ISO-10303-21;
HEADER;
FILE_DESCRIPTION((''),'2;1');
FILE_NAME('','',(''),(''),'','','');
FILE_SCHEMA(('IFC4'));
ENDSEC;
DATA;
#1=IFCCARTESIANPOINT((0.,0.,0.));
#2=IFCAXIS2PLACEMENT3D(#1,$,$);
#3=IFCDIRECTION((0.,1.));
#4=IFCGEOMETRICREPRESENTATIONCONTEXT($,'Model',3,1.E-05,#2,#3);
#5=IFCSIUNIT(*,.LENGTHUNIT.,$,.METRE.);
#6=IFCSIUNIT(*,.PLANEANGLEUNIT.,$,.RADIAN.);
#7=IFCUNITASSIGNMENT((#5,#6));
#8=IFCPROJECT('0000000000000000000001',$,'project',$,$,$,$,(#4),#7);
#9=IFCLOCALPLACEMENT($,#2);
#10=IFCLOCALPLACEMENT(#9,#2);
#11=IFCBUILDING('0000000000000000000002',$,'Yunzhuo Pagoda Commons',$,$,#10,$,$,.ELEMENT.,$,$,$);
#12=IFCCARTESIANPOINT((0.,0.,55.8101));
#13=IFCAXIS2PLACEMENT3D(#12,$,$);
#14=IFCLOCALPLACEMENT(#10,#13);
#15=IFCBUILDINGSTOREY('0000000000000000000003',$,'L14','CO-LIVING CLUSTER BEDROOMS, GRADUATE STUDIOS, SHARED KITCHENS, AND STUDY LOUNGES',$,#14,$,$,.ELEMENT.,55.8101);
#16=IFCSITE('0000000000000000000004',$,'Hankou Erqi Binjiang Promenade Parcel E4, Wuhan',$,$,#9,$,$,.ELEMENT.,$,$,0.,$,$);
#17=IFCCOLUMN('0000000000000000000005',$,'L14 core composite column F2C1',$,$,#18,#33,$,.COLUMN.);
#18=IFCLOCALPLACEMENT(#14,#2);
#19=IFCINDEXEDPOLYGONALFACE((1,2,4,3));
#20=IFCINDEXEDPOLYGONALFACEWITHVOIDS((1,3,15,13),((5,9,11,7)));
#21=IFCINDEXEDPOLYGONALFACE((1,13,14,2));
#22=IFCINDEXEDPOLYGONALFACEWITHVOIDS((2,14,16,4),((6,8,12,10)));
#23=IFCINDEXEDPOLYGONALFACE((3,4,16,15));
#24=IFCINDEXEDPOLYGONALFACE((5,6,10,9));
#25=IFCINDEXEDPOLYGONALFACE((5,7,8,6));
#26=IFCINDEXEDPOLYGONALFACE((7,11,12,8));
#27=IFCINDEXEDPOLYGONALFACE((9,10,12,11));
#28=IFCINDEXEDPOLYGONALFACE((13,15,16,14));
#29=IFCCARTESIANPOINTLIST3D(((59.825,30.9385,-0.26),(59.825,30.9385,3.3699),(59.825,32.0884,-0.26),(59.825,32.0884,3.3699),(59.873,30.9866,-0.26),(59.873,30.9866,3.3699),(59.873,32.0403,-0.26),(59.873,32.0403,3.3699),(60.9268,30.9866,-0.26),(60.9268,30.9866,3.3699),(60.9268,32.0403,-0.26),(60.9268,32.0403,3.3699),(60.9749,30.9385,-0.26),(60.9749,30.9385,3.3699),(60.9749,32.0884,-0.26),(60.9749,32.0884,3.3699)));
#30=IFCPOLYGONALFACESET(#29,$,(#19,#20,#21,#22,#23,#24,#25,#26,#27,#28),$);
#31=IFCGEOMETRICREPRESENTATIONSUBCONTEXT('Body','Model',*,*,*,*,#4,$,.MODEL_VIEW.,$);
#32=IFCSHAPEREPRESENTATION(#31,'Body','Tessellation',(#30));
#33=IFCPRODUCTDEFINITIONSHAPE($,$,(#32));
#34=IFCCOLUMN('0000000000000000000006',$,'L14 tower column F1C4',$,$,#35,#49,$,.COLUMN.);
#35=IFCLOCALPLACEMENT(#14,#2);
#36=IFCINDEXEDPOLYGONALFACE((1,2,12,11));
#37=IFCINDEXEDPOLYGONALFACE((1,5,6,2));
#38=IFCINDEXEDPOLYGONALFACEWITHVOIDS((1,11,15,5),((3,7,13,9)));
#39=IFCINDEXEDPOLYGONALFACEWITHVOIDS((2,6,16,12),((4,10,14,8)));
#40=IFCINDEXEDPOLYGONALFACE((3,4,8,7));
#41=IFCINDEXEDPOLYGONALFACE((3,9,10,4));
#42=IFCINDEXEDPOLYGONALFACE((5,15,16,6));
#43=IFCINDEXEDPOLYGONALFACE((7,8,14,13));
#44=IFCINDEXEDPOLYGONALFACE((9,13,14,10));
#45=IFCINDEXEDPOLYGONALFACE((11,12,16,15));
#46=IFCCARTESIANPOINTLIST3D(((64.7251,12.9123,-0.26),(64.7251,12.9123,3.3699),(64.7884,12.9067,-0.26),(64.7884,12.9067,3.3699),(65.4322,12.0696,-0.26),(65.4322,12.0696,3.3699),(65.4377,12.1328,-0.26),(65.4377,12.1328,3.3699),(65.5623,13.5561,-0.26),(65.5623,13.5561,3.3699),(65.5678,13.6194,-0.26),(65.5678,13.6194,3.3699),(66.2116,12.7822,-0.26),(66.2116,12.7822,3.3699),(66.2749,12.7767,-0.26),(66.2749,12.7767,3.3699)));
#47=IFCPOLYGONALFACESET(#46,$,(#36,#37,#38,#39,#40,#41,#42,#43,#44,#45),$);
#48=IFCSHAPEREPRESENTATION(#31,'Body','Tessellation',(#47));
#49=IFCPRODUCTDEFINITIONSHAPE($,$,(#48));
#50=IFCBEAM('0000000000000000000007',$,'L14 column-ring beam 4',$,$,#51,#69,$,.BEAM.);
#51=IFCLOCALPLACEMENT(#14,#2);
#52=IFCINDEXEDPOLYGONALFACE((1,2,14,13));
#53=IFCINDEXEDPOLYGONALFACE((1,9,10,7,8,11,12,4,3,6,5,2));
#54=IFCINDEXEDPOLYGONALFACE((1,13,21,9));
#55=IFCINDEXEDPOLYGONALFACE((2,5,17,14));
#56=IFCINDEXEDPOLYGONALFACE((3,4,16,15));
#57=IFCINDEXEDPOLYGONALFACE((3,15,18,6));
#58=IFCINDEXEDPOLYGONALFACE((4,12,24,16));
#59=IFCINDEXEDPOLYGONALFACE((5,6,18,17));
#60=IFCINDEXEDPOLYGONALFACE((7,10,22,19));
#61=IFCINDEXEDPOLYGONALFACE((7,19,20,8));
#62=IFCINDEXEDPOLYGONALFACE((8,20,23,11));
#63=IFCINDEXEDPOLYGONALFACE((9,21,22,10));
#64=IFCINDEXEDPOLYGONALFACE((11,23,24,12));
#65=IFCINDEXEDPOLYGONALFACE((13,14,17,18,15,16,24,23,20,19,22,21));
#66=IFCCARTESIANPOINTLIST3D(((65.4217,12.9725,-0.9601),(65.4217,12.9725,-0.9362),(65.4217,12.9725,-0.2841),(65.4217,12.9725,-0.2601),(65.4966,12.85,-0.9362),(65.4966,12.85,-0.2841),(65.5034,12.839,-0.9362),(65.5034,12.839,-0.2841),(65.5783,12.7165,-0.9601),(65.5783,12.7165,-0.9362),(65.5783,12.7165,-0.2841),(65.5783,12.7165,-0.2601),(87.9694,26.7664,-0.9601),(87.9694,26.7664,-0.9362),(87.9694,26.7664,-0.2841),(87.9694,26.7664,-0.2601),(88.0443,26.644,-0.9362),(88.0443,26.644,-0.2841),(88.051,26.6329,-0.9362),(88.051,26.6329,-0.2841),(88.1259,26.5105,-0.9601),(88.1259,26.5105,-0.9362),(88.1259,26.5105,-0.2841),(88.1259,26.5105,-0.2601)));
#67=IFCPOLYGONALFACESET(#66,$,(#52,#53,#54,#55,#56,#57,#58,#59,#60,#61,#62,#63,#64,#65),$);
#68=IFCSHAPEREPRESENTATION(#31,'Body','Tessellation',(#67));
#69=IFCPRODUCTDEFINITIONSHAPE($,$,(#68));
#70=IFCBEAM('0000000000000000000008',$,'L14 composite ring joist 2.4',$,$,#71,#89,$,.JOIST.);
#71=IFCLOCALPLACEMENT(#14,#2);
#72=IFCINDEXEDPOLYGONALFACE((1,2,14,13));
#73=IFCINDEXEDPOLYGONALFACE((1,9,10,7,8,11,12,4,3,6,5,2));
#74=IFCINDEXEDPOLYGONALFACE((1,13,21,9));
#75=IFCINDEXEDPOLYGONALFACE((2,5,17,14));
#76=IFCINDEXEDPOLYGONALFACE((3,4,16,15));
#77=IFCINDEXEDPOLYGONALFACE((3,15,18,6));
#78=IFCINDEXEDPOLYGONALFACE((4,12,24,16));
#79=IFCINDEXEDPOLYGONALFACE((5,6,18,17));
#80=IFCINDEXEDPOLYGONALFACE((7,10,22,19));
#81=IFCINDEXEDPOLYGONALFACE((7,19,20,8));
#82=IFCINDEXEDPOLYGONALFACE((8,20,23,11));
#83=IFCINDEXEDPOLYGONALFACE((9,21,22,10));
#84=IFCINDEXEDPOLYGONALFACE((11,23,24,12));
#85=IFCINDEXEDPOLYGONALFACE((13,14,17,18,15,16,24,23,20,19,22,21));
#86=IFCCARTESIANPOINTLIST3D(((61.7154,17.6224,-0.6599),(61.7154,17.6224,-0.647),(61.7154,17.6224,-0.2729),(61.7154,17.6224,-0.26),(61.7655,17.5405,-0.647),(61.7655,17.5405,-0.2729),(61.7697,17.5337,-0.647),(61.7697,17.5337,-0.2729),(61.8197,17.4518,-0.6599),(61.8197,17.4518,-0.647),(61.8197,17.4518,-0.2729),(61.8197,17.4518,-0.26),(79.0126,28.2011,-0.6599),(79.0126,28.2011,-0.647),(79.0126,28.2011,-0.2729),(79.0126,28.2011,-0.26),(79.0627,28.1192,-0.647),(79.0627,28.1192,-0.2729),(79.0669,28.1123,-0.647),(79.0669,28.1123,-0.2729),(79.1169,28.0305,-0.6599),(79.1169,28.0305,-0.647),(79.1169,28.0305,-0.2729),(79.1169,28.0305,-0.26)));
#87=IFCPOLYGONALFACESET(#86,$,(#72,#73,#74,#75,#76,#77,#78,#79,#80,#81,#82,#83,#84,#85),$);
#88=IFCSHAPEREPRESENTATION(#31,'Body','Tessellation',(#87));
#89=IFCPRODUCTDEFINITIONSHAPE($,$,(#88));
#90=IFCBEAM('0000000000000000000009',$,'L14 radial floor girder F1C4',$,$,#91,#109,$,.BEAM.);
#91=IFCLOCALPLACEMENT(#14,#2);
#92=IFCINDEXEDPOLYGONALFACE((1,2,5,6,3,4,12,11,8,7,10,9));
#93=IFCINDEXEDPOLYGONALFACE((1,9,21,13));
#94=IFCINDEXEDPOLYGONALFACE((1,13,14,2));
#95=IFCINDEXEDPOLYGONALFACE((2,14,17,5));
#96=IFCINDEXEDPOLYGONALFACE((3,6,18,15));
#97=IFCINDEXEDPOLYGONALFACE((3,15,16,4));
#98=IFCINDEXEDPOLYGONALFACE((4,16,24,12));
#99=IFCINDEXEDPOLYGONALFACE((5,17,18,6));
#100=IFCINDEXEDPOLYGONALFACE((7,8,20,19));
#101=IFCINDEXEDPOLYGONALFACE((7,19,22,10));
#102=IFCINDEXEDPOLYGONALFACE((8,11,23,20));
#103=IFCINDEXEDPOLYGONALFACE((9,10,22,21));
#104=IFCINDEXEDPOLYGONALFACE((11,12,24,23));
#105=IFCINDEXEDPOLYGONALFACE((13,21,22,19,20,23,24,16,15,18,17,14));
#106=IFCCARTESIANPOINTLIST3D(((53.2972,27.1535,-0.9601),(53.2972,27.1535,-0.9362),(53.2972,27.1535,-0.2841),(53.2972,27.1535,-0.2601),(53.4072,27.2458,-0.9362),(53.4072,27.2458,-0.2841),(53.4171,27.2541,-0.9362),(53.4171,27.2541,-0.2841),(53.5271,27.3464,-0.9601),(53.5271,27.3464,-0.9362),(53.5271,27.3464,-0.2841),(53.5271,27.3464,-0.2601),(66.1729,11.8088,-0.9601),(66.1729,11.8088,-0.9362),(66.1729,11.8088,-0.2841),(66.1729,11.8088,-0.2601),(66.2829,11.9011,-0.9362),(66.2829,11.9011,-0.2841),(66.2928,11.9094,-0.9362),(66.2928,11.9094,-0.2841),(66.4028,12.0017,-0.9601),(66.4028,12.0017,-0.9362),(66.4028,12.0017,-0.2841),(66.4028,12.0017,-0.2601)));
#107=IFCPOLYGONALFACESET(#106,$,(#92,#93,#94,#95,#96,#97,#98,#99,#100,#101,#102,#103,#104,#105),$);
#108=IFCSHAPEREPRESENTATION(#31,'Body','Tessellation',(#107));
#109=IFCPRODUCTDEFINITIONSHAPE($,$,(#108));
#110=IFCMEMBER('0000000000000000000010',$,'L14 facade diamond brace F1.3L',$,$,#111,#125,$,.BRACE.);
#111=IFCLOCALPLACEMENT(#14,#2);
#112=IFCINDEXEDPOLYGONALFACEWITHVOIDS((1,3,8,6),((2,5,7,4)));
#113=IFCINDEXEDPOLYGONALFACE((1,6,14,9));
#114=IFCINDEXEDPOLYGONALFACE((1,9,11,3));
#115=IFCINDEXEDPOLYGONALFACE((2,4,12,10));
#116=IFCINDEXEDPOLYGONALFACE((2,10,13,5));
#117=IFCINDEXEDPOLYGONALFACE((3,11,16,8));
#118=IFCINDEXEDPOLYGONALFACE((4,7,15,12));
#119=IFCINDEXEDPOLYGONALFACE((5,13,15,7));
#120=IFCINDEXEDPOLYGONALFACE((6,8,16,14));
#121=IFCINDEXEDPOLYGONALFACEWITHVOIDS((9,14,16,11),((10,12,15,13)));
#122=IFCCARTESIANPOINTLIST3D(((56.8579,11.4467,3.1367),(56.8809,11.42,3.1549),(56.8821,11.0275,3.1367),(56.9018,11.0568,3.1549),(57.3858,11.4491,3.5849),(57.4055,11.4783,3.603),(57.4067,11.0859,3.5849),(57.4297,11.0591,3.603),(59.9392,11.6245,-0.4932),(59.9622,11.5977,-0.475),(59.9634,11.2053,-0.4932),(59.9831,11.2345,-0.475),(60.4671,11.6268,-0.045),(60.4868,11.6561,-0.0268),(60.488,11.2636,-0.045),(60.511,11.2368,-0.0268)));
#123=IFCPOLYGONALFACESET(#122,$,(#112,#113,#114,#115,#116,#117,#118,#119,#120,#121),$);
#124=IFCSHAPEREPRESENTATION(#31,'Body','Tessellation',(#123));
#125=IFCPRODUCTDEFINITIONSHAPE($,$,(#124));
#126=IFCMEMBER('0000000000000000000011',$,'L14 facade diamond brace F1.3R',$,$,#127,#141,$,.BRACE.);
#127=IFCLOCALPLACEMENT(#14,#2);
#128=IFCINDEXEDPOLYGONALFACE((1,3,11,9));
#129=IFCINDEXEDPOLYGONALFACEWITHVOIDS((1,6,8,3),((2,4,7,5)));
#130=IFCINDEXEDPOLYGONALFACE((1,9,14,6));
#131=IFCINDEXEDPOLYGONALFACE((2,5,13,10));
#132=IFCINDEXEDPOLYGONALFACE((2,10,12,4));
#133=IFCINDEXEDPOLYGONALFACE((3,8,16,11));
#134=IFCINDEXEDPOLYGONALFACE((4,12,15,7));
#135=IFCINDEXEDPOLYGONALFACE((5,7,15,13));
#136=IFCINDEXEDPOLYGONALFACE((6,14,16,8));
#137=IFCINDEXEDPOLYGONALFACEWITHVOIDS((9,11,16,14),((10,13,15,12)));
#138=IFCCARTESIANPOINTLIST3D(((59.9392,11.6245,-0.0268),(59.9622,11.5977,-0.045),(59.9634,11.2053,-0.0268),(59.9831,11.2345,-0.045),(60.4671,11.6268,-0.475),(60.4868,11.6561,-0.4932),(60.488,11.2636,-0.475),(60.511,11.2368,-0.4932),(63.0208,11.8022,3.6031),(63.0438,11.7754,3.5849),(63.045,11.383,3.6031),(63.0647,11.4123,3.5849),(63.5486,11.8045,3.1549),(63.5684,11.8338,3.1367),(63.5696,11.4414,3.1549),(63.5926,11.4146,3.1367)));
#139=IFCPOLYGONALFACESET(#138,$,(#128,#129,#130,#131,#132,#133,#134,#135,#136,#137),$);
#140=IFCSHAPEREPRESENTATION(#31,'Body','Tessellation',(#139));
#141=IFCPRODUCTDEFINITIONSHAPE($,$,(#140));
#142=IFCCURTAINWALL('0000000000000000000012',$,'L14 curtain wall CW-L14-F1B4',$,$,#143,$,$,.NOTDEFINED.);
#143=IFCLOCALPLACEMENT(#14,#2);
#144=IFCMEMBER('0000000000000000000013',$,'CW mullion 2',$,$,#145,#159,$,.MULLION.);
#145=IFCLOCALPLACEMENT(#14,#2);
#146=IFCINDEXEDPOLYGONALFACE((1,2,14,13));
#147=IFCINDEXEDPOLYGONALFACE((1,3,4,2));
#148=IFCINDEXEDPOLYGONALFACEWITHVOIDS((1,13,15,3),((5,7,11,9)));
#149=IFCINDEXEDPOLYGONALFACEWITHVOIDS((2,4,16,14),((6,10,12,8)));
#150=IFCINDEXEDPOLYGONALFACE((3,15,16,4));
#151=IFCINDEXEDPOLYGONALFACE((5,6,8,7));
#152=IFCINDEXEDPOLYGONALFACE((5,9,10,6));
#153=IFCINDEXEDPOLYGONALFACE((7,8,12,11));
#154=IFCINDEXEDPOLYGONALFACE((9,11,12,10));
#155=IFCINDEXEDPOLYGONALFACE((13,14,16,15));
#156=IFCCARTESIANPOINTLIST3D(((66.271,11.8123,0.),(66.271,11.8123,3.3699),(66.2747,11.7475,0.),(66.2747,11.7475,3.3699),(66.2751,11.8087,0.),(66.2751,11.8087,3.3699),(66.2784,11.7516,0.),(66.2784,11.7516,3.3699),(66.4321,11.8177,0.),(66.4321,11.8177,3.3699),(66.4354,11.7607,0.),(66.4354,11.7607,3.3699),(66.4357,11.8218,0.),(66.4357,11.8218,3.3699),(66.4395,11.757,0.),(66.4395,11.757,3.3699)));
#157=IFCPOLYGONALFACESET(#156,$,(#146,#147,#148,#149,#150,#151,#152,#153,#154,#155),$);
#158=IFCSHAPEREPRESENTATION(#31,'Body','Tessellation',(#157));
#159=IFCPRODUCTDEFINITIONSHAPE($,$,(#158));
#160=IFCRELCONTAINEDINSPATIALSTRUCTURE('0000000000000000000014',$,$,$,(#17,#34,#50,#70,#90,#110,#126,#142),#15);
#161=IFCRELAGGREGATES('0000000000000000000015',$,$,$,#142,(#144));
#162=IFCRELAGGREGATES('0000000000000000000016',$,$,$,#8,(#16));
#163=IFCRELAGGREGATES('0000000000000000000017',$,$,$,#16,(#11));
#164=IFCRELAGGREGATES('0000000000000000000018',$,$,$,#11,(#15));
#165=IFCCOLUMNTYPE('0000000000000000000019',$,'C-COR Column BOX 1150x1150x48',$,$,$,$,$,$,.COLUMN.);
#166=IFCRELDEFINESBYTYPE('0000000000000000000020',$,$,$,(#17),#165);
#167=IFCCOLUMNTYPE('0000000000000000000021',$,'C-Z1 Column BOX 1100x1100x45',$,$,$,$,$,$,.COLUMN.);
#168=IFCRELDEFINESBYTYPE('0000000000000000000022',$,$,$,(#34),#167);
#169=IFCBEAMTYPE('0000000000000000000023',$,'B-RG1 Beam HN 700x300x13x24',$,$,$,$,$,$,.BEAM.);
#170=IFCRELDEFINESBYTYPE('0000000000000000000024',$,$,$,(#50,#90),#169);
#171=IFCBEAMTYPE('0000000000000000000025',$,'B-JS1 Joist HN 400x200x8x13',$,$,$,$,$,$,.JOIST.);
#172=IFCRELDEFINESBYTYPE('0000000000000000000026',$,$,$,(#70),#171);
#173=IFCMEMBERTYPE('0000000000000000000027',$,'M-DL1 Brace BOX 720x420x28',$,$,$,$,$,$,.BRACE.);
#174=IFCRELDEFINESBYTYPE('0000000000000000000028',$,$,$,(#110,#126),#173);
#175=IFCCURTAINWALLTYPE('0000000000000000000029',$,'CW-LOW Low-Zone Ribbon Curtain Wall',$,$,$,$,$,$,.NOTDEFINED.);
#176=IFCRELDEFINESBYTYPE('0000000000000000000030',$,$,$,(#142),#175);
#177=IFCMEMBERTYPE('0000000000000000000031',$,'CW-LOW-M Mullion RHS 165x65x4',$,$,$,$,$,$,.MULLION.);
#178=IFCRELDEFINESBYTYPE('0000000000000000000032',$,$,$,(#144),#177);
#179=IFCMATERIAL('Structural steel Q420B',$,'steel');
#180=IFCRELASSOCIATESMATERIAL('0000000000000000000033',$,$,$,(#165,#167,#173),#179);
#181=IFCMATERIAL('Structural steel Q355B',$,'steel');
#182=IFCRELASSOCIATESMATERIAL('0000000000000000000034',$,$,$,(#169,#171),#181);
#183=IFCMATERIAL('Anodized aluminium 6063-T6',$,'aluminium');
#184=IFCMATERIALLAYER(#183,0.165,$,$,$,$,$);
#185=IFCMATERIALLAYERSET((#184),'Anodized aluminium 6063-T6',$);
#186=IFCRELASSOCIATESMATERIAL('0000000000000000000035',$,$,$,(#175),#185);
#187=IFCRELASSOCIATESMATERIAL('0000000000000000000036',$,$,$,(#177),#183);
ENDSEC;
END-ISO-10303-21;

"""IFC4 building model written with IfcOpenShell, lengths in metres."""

from ifc_helpers import new_model, si_unit, direction, frame, origin, origin_2d, place, context, subcontext, project, spatial, hollow_rectangle, i_section, extrude, source, transform, mapped, material, layer, layer_set, material_profile, profile_set, type_object, element, aggregate, save


model = new_model("IFC4")

# Units and contexts
model_context = context("Model", 3, precision=1e-05, world=origin(), true_north=direction((0.0, 1.0)))
body_context = subcontext(model_context, "Body", "Model", "MODEL_VIEW")
ifc_project = project(units=[si_unit("LENGTHUNIT", "METRE"), si_unit("PLANEANGLEUNIT", "RADIAN")], contexts=[model_context])

# Site, building, storey
site_placement = place(None, origin())
site = spatial("IfcSite", under=ifc_project, at=site_placement, Name="Hankou Erqi Binjiang Promenade Parcel E4, Wuhan", CompositionType="ELEMENT", RefElevation=0.0)
building_placement = place(site_placement, origin())
building = spatial("IfcBuilding", under=site, at=building_placement, Name="Yunzhuo Pagoda Commons", CompositionType="ELEMENT")
storey_placement = place(building_placement, frame((0.0, 0.0, 55.8101)))
storey = spatial("IfcBuildingStorey", under=building, at=storey_placement, Name="L14", Description="CO-LIVING CLUSTER BEDROOMS, GRADUATE STUDIOS, SHARED KITCHENS, AND STUDY LOUNGES", CompositionType="ELEMENT", Elevation=55.8101)

# Columns
ifc_material_1 = material(Name="Structural steel Q420B", Category="steel")
ifc_material_profile_1 = material_profile(ifc_material_1, hollow_rectangle(XDim=1.1499, YDim=1.1499, WallThickness=0.0481, at=origin_2d()), Name="Structural steel Q420B")
ifc_profile_set_1 = profile_set([ifc_material_profile_1], Name="Structural steel Q420B")
column_type_1 = type_object("IfcColumnType", Name="C-COR Column BOX 1150x1150x48", PredefinedType="COLUMN", material=ifc_profile_set_1)
shared_shape_1 = source(origin(), body_context, "Body", "SweptSolid", [
    extrude(hollow_rectangle(XDim=1.1499, YDim=1.1499, WallThickness=0.0481, at=origin_2d()), origin(), (0.0, 0.0, 1.0), 3.6299),
])
column_1_placement = place(storey_placement, frame((60.3999, 31.5134, -0.26), z_axis=(0.0, 0.0, 1.0), x_axis=(1.0, 0.0, 0.0)))
element("IfcColumn", 1, at=column_1_placement, inside=storey, type_object=column_type_1, Name="L14 core composite column F2C1", PredefinedType="COLUMN", context=body_context, shape_type="MappedRepresentation", body=[
    mapped(shared_shape_1, transform((0.0, 0.0, 0.0), scale=1.0)),
])
ifc_material_profile_2 = material_profile(ifc_material_1, hollow_rectangle(XDim=1.1001, YDim=1.1001, WallThickness=0.0449, at=origin_2d()), Name="Structural steel Q420B")
ifc_profile_set_2 = profile_set([ifc_material_profile_2], Name="Structural steel Q420B")
column_type_2 = type_object("IfcColumnType", Name="C-Z1 Column BOX 1100x1100x45", PredefinedType="COLUMN", material=ifc_profile_set_2)
shared_shape_2 = source(origin(), body_context, "Body", "SweptSolid", [
    extrude(hollow_rectangle(XDim=1.1001, YDim=1.1001, WallThickness=0.0449, at=origin_2d()), origin(), (0.0, 0.0, 1.0), 3.6299),
])
column_2_placement = place(storey_placement, frame((65.5, 12.8445, -0.26), z_axis=(0.0, 0.0, 1.0), x_axis=(0.766044, 0.642788, 0.0)))
element("IfcColumn", 2, at=column_2_placement, inside=storey, type_object=column_type_2, Name="L14 tower column F1C4", PredefinedType="COLUMN", context=body_context, shape_type="MappedRepresentation", body=[
    mapped(shared_shape_2, transform((0.0, 0.0, 0.0), scale=1.0)),
])

# Beams
ifc_material_2 = material(Name="Structural steel Q355B", Category="steel")
ifc_material_profile_3 = material_profile(ifc_material_2, i_section(OverallWidth=0.3, OverallDepth=0.7, WebThickness=0.0129, FlangeThickness=0.0239, at=origin_2d()), Name="Structural steel Q355B")
ifc_profile_set_3 = profile_set([ifc_material_profile_3], Name="Structural steel Q355B")
beam_type_1 = type_object("IfcBeamType", Name="B-RG1 Beam HN 700x300x13x24", PredefinedType="BEAM", material=ifc_profile_set_3)
shared_shape_3 = source(origin(), body_context, "Body", "SweptSolid", [
    extrude(i_section(OverallWidth=0.3, OverallDepth=0.7, WebThickness=0.0129, FlangeThickness=0.0239, at=origin_2d()), origin(), (0.0, 0.0, 1.0), 26.4324),
])
beam_1_placement = place(storey_placement, frame((65.5, 12.8445, -0.6101), z_axis=(0.853032, 0.521859, 0.0), x_axis=(-0.521859, 0.853032, 0.0)))
element("IfcBeam", 3, at=beam_1_placement, inside=storey, type_object=beam_type_1, Name="L14 column-ring beam 4", PredefinedType="BEAM", context=body_context, shape_type="MappedRepresentation", body=[
    mapped(shared_shape_3, transform((0.0, 0.0, 0.0), scale=1.0)),
])
ifc_material_profile_4 = material_profile(ifc_material_2, i_section(OverallWidth=0.2, OverallDepth=0.3999, WebThickness=0.0081, FlangeThickness=0.0129, at=origin_2d()), Name="Structural steel Q355B")
ifc_profile_set_4 = profile_set([ifc_material_profile_4], Name="Structural steel Q355B")
beam_type_2 = type_object("IfcBeamType", Name="B-JS1 Joist HN 400x200x8x13", PredefinedType="JOIST", material=ifc_profile_set_4)
shared_shape_4 = source(origin(), body_context, "Body", "SweptSolid", [
    extrude(i_section(OverallWidth=0.2, OverallDepth=0.3999, WebThickness=0.0081, FlangeThickness=0.0129, at=origin_2d()), origin(), (0.0, 0.0, 1.0), 20.2756),
])
beam_2_placement = place(storey_placement, frame((61.7676, 17.5371, -0.46), z_axis=(0.853103, 0.521743, 0.0), x_axis=(-0.521743, 0.853103, 0.0)))
element("IfcBeam", 4, at=beam_2_placement, inside=storey, type_object=beam_type_2, Name="L14 composite ring joist 2.4", PredefinedType="JOIST", context=body_context, shape_type="MappedRepresentation", body=[
    mapped(shared_shape_4, transform((0.0, 0.0, 0.0), scale=1.0)),
])
shared_shape_5 = source(origin(), body_context, "Body", "SweptSolid", [
    extrude(i_section(OverallWidth=0.3, OverallDepth=0.7, WebThickness=0.0129, FlangeThickness=0.0239, at=origin_2d()), origin(), (0.0, 0.0, 1.0), 20.031),
])
beam_3_placement = place(storey_placement, frame((66.2878, 11.9053, -0.6101), z_axis=(-0.642787, 0.766045, 0.0), x_axis=(-0.766045, -0.642787, 0.0)))
element("IfcBeam", 5, at=beam_3_placement, inside=storey, type_object=beam_type_1, Name="L14 radial floor girder F1C4", PredefinedType="BEAM", context=body_context, shape_type="MappedRepresentation", body=[
    mapped(shared_shape_5, transform((0.0, 0.0, 0.0), scale=1.0)),
])

# Members
ifc_material_profile_5 = material_profile(ifc_material_1, hollow_rectangle(XDim=0.4199, YDim=0.72, WallThickness=0.0281, at=origin_2d()), Name="Structural steel Q420B")
ifc_profile_set_5 = profile_set([ifc_material_profile_5], Name="Structural steel Q420B")
member_type_1 = type_object("IfcMemberType", Name="M-DL1 Brace BOX 720x420x28", PredefinedType="BRACE", material=ifc_profile_set_5)
shared_shape_6 = source(origin(), body_context, "Body", "SweptSolid", [
    extrude(hollow_rectangle(XDim=0.4199, YDim=0.72, WallThickness=0.0281, at=origin_2d()), origin(), (0.0, 0.0, 1.0), 4.7646),
])
member_1_placement = place(storey_placement, frame((60.2251, 11.4307, -0.26), z_axis=(-0.646698, -0.037303, 0.761834), x_axis=(0.057586, -0.998341, 0.0)))
element("IfcMember", 6, at=member_1_placement, inside=storey, type_object=member_type_1, Name="L14 facade diamond brace F1.3L", PredefinedType="BRACE", context=body_context, shape_type="MappedRepresentation", body=[
    mapped(shared_shape_6, transform((0.0, 0.0, 0.0), scale=1.0)),
])
shared_shape_7 = source(origin(), body_context, "Body", "SweptSolid", [
    extrude(hollow_rectangle(XDim=0.4199, YDim=0.72, WallThickness=0.0281, at=origin_2d()), origin(), (0.0, 0.0, 1.0), 4.7649),
])
member_2_placement = place(storey_placement, frame((60.2251, 11.4307, -0.26), z_axis=(0.646728, 0.037301, 0.761808), x_axis=(-0.057581, 0.998341, 0.0)))
element("IfcMember", 7, at=member_2_placement, inside=storey, type_object=member_type_1, Name="L14 facade diamond brace F1.3R", PredefinedType="BRACE", context=body_context, shape_type="MappedRepresentation", body=[
    mapped(shared_shape_7, transform((0.0, 0.0, 0.0), scale=1.0)),
])

# Curtain wall, member
ifc_material_3 = material(Name="Anodized aluminium 6063-T6", Category="aluminium")
ifc_layer_1 = layer(ifc_material_3, 0.165)
ifc_layer_set_1 = layer_set([ifc_layer_1], Name="Anodized aluminium 6063-T6")
curtain_wall_type = type_object("IfcCurtainWallType", Name="CW-LOW Low-Zone Ribbon Curtain Wall", PredefinedType="NOTDEFINED", material=ifc_layer_set_1)
curtain_wall_1_placement = place(storey_placement, origin())
curtain_wall_1 = element("IfcCurtainWall", 8, at=curtain_wall_1_placement, inside=storey, type_object=curtain_wall_type, Name="L14 curtain wall CW-L14-F1B4", PredefinedType="NOTDEFINED")
ifc_material_profile_6 = material_profile(ifc_material_3, hollow_rectangle(XDim=0.0649, YDim=0.165, WallThickness=0.0039, at=origin_2d()), Name="Anodized aluminium 6063-T6")
ifc_profile_set_6 = profile_set([ifc_material_profile_6], Name="Anodized aluminium 6063-T6")
member_type_2 = type_object("IfcMemberType", Name="CW-LOW-M Mullion RHS 165x65x4", PredefinedType="MULLION", material=ifc_profile_set_6)
shared_shape_8 = source(origin(), body_context, "Body", "SweptSolid", [
    extrude(hollow_rectangle(XDim=0.0649, YDim=0.165, WallThickness=0.0039, at=origin_2d()), origin(), (0.0, 0.0, 1.0), 3.3699),
])
member_3_placement = place(storey_placement, frame((66.3552, 11.7847, 0.0), z_axis=(0.0, 0.0, 1.0), x_axis=(-0.057664, 0.998336, 0.0)))
member_3 = element("IfcMember", 9, at=member_3_placement, type_object=member_type_2, Name="CW mullion 2", PredefinedType="MULLION", context=body_context, shape_type="MappedRepresentation", body=[
    mapped(shared_shape_8, transform((0.0, 0.0, 0.0), scale=1.0)),
])

aggregate(curtain_wall_1, [member_3])

save(model, "model.ifc")
